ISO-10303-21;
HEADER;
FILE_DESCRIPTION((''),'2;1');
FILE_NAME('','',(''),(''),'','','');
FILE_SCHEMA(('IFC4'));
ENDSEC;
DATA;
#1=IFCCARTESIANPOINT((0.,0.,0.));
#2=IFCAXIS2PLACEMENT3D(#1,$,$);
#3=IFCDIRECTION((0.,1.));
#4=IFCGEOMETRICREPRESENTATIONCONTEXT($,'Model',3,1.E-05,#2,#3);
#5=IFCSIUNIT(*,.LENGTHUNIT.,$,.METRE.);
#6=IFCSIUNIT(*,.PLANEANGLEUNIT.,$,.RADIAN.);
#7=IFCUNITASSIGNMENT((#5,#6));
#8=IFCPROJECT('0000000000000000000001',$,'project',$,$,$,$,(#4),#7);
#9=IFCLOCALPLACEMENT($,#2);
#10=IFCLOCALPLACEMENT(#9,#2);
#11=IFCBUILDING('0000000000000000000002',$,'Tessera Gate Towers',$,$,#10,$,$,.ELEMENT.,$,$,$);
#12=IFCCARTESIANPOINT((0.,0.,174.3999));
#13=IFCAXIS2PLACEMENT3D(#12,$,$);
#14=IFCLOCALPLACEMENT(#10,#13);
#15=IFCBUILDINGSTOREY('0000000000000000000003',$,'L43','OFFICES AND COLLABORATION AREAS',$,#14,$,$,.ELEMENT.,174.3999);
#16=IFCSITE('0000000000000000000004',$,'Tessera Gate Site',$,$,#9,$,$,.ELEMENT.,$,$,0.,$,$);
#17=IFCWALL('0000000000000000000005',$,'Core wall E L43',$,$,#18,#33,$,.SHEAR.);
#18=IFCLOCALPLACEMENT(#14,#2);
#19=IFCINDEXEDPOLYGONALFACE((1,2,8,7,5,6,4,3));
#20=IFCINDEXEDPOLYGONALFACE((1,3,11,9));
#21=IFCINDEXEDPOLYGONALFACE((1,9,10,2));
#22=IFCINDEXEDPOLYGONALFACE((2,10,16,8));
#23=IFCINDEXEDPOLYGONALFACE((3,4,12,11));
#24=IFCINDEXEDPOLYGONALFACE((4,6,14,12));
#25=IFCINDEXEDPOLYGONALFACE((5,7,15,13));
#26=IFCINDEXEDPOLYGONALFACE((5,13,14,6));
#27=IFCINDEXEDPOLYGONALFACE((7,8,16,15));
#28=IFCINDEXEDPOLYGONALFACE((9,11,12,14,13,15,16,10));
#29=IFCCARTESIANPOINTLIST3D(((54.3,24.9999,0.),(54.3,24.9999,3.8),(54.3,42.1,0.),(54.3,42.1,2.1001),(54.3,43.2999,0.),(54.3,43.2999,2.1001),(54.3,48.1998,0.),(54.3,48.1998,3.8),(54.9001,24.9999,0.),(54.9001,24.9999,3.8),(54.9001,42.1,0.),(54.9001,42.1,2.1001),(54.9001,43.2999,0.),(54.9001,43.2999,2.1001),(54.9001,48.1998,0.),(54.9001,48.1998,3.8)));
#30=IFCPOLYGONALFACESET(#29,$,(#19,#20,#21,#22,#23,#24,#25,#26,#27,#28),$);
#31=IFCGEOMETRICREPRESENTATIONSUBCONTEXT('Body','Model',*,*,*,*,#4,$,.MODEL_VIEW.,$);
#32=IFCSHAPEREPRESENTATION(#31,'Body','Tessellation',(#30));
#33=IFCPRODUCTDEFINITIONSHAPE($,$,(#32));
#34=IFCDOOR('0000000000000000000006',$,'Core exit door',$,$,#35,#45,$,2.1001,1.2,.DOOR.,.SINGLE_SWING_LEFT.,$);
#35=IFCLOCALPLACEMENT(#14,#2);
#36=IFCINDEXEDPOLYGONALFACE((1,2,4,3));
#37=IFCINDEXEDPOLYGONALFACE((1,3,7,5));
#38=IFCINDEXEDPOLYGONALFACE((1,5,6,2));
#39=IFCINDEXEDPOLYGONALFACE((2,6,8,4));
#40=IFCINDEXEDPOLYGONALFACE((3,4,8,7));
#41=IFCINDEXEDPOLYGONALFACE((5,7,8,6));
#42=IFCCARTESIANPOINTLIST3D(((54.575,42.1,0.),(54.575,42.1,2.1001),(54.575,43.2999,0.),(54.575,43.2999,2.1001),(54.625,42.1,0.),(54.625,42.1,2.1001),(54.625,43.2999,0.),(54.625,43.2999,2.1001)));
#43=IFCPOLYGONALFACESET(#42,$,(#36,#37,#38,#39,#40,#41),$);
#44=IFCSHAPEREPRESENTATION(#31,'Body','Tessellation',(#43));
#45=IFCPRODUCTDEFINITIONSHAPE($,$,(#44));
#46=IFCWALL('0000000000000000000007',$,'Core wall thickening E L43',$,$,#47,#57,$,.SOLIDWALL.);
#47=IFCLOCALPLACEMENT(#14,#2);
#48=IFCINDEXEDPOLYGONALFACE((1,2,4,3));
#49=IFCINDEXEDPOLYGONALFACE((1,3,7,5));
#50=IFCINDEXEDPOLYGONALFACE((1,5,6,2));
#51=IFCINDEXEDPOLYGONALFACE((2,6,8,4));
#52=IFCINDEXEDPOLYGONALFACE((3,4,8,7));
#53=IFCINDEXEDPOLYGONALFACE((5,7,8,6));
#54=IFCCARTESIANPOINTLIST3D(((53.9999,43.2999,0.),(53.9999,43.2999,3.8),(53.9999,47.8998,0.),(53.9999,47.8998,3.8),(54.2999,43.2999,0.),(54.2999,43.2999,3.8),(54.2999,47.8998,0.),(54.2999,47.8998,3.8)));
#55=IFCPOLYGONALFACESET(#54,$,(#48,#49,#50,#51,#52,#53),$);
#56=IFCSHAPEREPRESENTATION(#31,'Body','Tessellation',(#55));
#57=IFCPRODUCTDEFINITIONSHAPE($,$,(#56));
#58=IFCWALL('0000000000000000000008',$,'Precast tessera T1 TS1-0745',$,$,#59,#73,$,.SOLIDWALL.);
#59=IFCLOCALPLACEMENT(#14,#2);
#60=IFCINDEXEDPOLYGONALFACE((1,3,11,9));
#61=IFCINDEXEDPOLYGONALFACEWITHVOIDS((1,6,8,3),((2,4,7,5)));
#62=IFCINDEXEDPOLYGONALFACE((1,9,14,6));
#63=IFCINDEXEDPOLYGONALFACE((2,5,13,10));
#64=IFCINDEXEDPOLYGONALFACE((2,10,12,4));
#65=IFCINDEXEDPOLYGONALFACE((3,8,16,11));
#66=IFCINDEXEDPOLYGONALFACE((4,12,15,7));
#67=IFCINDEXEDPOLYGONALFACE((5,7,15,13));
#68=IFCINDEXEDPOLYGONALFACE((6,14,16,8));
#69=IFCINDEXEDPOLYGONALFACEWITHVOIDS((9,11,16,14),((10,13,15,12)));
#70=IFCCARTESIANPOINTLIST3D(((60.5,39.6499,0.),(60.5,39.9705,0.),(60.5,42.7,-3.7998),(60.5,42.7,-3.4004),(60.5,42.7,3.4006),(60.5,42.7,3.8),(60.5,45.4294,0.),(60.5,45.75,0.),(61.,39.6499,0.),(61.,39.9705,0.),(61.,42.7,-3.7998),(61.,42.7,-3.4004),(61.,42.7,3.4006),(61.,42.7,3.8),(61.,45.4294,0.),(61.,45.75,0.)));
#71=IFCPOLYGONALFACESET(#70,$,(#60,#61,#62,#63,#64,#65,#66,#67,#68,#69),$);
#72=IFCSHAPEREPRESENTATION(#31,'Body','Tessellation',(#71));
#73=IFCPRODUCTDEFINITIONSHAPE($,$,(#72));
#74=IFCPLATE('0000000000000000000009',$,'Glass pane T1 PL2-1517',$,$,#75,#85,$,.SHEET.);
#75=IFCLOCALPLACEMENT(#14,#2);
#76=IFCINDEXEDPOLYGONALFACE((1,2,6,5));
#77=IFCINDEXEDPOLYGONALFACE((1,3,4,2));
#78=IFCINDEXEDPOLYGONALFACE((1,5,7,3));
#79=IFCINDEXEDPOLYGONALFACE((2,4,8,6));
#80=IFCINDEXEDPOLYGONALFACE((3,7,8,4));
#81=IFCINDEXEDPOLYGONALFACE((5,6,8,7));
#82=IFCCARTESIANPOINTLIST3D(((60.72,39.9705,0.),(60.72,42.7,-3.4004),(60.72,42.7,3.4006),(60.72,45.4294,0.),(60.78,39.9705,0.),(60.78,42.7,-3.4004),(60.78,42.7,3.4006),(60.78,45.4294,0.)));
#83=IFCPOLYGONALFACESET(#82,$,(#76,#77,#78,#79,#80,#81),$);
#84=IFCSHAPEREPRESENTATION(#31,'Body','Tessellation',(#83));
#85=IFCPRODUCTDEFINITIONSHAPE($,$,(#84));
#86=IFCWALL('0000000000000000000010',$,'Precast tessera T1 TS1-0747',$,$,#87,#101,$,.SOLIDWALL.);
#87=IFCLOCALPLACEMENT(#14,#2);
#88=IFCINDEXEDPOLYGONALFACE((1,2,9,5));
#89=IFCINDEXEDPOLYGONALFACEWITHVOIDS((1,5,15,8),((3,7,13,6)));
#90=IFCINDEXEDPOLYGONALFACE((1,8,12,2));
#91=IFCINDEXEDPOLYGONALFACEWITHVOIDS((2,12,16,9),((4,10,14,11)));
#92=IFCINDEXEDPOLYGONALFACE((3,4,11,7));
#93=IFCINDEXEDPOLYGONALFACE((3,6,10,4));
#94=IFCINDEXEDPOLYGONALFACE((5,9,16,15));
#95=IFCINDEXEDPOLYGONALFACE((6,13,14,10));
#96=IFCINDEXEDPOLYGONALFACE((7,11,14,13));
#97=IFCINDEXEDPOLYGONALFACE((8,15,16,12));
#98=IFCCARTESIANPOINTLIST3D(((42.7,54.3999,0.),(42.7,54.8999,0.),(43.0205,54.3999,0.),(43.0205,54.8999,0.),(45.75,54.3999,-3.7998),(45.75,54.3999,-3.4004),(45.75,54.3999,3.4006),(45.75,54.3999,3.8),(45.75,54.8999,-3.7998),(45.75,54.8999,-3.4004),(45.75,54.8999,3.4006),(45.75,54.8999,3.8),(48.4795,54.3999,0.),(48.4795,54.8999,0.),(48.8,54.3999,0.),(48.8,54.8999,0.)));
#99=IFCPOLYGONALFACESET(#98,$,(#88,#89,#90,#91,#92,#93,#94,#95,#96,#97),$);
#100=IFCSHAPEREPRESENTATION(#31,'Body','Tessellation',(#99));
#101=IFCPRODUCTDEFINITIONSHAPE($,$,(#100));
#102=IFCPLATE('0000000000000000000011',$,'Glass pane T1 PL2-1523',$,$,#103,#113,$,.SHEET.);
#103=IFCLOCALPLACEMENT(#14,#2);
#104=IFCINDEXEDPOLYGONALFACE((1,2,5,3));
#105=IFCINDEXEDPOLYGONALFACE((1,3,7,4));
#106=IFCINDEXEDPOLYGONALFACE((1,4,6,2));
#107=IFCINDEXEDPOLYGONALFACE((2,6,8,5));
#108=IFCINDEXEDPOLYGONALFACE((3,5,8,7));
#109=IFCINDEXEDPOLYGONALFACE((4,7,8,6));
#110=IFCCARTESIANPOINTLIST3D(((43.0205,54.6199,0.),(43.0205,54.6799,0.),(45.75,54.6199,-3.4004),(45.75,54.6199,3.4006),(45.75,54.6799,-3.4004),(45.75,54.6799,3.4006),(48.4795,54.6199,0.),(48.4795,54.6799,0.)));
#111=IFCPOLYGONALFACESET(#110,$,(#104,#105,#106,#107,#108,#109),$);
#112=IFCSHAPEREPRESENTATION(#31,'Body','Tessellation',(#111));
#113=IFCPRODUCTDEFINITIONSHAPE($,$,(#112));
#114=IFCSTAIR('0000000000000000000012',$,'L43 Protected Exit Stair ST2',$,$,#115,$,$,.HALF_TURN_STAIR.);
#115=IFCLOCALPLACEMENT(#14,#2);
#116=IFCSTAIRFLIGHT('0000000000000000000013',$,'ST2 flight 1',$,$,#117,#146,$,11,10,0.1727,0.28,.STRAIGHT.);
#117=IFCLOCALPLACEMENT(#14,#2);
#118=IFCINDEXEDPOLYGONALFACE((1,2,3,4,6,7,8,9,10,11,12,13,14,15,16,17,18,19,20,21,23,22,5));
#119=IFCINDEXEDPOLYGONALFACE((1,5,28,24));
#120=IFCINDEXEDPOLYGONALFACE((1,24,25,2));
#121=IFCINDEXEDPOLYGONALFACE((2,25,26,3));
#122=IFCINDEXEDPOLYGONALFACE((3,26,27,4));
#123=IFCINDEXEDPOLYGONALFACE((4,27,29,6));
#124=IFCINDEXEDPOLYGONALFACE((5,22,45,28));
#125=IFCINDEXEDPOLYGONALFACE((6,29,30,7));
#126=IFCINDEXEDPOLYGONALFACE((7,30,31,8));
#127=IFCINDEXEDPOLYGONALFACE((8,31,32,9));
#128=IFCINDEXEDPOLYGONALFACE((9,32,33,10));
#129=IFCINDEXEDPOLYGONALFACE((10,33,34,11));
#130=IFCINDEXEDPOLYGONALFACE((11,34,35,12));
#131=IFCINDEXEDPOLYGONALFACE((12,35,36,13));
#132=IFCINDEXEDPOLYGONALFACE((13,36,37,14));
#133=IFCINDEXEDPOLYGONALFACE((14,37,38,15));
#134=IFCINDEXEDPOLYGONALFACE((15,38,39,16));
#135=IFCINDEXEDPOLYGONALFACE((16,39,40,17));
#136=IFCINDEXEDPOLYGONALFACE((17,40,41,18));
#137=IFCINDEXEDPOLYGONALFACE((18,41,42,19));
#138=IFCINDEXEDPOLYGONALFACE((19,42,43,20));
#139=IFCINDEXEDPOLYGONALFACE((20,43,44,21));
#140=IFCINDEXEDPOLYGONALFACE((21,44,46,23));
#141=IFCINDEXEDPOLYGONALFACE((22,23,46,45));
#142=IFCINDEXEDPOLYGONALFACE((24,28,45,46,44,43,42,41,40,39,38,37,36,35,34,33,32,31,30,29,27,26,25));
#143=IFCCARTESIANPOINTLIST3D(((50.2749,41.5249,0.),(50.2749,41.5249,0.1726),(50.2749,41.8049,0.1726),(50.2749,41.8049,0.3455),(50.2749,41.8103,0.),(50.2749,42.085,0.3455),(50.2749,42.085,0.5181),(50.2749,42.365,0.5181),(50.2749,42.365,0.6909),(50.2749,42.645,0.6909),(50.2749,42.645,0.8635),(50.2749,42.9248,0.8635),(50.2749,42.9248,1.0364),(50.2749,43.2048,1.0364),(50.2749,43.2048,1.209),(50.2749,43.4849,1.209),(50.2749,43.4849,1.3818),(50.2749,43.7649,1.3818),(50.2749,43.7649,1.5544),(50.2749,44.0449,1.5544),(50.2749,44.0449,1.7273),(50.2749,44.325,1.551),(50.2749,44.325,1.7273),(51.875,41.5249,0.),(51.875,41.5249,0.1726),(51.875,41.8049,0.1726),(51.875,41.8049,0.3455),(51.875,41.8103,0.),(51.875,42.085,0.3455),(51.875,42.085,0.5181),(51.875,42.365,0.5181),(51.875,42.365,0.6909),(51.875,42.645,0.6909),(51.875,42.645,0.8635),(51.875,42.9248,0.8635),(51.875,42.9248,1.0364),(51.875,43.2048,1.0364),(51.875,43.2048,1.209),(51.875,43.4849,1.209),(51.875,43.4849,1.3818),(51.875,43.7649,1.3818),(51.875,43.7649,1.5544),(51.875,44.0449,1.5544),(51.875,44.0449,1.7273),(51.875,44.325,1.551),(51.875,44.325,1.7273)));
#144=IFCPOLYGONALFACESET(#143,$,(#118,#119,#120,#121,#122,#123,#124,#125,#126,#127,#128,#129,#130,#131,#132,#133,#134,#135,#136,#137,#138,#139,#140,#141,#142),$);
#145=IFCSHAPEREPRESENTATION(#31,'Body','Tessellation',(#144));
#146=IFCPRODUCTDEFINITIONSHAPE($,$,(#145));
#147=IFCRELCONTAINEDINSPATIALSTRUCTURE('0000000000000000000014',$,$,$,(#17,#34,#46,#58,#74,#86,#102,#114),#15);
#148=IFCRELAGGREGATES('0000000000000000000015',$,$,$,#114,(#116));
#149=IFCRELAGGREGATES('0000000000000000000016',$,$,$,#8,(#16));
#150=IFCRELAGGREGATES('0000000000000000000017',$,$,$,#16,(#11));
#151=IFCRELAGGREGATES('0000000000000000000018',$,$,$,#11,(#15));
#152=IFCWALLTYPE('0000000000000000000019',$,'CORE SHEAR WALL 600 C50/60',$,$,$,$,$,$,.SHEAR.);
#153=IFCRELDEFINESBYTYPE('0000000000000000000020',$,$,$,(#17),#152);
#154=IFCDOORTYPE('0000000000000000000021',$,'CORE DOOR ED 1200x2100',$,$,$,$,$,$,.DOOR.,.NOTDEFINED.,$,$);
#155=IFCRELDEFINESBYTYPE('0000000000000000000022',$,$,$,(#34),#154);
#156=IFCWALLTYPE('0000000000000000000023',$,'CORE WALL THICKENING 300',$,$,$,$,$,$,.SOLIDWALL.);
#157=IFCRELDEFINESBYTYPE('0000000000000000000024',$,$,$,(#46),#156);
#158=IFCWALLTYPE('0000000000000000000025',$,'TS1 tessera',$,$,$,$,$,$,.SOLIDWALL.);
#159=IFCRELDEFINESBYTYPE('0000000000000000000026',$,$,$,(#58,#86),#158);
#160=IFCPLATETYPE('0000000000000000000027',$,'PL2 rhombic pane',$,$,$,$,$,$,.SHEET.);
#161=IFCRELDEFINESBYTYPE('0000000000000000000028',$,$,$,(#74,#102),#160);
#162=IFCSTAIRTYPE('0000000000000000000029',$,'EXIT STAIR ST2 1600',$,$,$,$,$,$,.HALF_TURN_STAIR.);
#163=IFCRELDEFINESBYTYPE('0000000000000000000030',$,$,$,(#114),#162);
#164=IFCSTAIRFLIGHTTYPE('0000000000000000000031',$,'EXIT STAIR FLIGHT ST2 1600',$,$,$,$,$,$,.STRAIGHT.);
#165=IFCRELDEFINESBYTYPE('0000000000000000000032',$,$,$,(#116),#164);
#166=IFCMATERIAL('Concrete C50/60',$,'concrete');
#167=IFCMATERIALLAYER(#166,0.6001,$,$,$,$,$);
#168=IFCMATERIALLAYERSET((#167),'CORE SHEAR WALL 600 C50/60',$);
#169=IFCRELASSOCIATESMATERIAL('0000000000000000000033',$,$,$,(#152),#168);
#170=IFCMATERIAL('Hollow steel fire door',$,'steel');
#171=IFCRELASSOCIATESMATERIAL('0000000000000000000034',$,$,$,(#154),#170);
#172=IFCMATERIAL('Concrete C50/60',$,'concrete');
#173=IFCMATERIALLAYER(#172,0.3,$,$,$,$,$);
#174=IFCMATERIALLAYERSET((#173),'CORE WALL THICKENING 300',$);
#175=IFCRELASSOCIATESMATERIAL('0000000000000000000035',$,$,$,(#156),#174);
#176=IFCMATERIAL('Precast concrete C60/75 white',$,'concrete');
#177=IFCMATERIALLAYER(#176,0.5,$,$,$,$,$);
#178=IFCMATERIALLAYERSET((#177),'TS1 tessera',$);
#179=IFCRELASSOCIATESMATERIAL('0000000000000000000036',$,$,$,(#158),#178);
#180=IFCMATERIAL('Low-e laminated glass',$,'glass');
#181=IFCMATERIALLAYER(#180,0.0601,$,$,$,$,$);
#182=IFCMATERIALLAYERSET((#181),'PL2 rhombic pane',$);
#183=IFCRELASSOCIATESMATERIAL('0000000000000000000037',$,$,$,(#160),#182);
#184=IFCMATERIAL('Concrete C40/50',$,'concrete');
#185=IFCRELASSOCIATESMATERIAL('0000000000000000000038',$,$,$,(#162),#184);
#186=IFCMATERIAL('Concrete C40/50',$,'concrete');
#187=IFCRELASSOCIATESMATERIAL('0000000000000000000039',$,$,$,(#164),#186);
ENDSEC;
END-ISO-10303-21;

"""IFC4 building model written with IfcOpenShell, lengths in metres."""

from ifc_helpers import new_model, si_unit, direction, frame, frame_2d, origin, place, context, subcontext, project, spatial, polyline, rectangle, outline, extrude, source, transform, mapped, material, layer, layer_set, type_object, element, fill, aggregate, save


model = new_model("IFC4")

# Units and contexts
model_context = context("Model", 3, precision=1e-05, world=origin(), true_north=direction((0.0, 1.0)))
body_context = subcontext(model_context, "Body", "Model", "MODEL_VIEW")
ifc_project = project(units=[si_unit("LENGTHUNIT", "METRE"), si_unit("PLANEANGLEUNIT", "RADIAN")], contexts=[model_context])

# Site, building, storey
site_placement = place(None, origin())
site = spatial("IfcSite", under=ifc_project, at=site_placement, Name="Tessera Gate Site", CompositionType="ELEMENT", RefElevation=0.0)
building_placement = place(site_placement, origin())
building = spatial("IfcBuilding", under=site, at=building_placement, Name="Tessera Gate Towers", CompositionType="ELEMENT")
storey_placement = place(building_placement, frame((0.0, 0.0, 174.3999)))
storey = spatial("IfcBuildingStorey", under=building, at=storey_placement, Name="L43", Description="OFFICES AND COLLABORATION AREAS", CompositionType="ELEMENT", Elevation=174.3999)

# Wall, opening, door
shared_shape_1 = source(origin(), body_context, "Body", "SweptSolid", [
    extrude(rectangle(XDim=1.2, YDim=2.1001, at=frame_2d((0.6001, 1.05))), frame((0.0, 0.0249, 0.0), z_axis=(0.0, -1.0, 0.0), x_axis=(1.0, 0.0, 0.0)), (0.0, 0.0, 1.0), 0.05),
])
ifc_material_1 = material(Name="Concrete C50/60", Category="concrete")
ifc_layer_1 = layer(ifc_material_1, 0.6001)
ifc_layer_set_1 = layer_set([ifc_layer_1], Name="CORE SHEAR WALL 600 C50/60")
wall_type_1 = type_object("IfcWallType", Name="CORE SHEAR WALL 600 C50/60", PredefinedType="SHEAR", material=ifc_layer_set_1)
wall_1_placement = place(storey_placement, frame((54.6001, 48.2, 0.0), z_axis=(0.0, 0.0, 1.0), x_axis=(0.0, -1.0, 0.0)))
wall_1 = element("IfcWall", 1, at=wall_1_placement, inside=storey, type_object=wall_type_1, Name="Core wall E L43", PredefinedType="SHEAR", context=body_context, shape_type="SweptSolid", body=[
    extrude(rectangle(XDim=23.2, YDim=0.6001, at=frame_2d((11.6001, 0.0))), origin(), (0.0, 0.0, 1.0), 3.8),
])
shared_shape_2 = source(origin(), body_context, "Body", "SweptSolid", [
    extrude(rectangle(XDim=1.2, YDim=2.1001, at=frame_2d((0.6001, 1.05))), frame((0.0, 0.3101, 0.0), z_axis=(0.0, -1.0, 0.0), x_axis=(1.0, 0.0, 0.0)), (0.0, 0.0, 1.0), 0.6201),
])
opening_1_placement = place(wall_1_placement, frame((4.8999, 0.0, 0.0)))
opening_1 = element("IfcOpeningElement", 2, at=opening_1_placement, cuts=wall_1, PredefinedType="OPENING", context=body_context, shape_type="MappedRepresentation", body=[
    mapped(shared_shape_2, transform((0.0, 0.0, 0.0), scale=1.0)),
])
ifc_material_2 = material(Name="Hollow steel fire door", Category="steel")
door_type_1 = type_object("IfcDoorType", Name="CORE DOOR ED 1200x2100", OperationType="NOTDEFINED", PredefinedType="DOOR", material=ifc_material_2)
door_1_placement = place(opening_1_placement, origin())
door_1 = element("IfcDoor", 3, at=door_1_placement, inside=storey, type_object=door_type_1, Name="Core exit door", OperationType="SINGLE_SWING_LEFT", OverallHeight=2.1001, OverallWidth=1.2, PredefinedType="DOOR", context=body_context, shape_type="MappedRepresentation", body=[
    mapped(shared_shape_1, transform((0.0, 0.0, 0.0), scale=1.0)),
])
fill(opening_1, door_1)

# Wall
ifc_material_3 = material(Name="Concrete C50/60", Category="concrete")
ifc_layer_2 = layer(ifc_material_3, 0.3)
ifc_layer_set_2 = layer_set([ifc_layer_2], Name="CORE WALL THICKENING 300")
wall_type_2 = type_object("IfcWallType", Name="CORE WALL THICKENING 300", PredefinedType="SOLIDWALL", material=ifc_layer_set_2)
wall_2_placement = place(storey_placement, frame((54.1499, 43.3, 0.0), z_axis=(0.0, 0.0, 1.0), x_axis=(0.0, 1.0, 0.0)))
element("IfcWall", 4, at=wall_2_placement, inside=storey, type_object=wall_type_2, Name="Core wall thickening E L43", PredefinedType="SOLIDWALL", context=body_context, shape_type="SweptSolid", body=[
    extrude(rectangle(XDim=4.5999, YDim=0.3, at=frame_2d((2.2998, 0.0))), origin(), (0.0, 0.0, 1.0), 3.8),
])

# Walls, openings, plates
ifc_material_4 = material(Name="Precast concrete C60/75 white", Category="concrete")
ifc_layer_3 = layer(ifc_material_4, 0.5)
ifc_layer_set_3 = layer_set([ifc_layer_3], Name="TS1 tessera")
wall_type_3 = type_object("IfcWallType", Name="TS1 tessera", PredefinedType="SOLIDWALL", material=ifc_layer_set_3)
shared_shape_3 = source(origin(), body_context, "Body", "SweptSolid", [
    extrude(outline(polyline([(3.05, 0.0), (6.1001, 3.7998), (3.05, 7.5999), (0.0, 3.7998), (3.05, 0.0)])), frame((0.0, 0.25, 0.0), z_axis=(0.0, -1.0, 0.0), x_axis=(1.0, 0.0, 0.0)), (0.0, 0.0, 1.0), 0.5),
])
wall_3_placement = place(storey_placement, frame((60.75, 39.6499, -3.7998), z_axis=(0.0, 0.0, 1.0), x_axis=(0.0, 1.0, 0.0)))
wall_3 = element("IfcWall", 5, at=wall_3_placement, inside=storey, type_object=wall_type_3, Name="Precast tessera T1 TS1-0745", PredefinedType="SOLIDWALL", context=body_context, shape_type="MappedRepresentation", body=[
    mapped(shared_shape_3, transform((0.0, 0.0, 0.0), scale=1.0)),
])
shared_shape_4 = source(origin(), body_context, "Body", "SweptSolid", [
    extrude(outline(polyline([(3.05, 0.3994), (5.7795, 3.7998), (3.05, 7.2004), (0.3206, 3.7998), (3.05, 0.3994)])), frame((0.0, 0.26, 0.0), z_axis=(0.0, -1.0, 0.0), x_axis=(1.0, 0.0, 0.0)), (0.0, 0.0, 1.0), 0.52),
])
opening_2_placement = place(wall_3_placement, origin())
opening_2 = element("IfcOpeningElement", 6, at=opening_2_placement, cuts=wall_3, PredefinedType="OPENING", context=body_context, shape_type="MappedRepresentation", body=[
    mapped(shared_shape_4, transform((0.0, 0.0, 0.0), scale=1.0)),
])
ifc_material_5 = material(Name="Low-e laminated glass", Category="glass")
ifc_layer_4 = layer(ifc_material_5, 0.0601)
ifc_layer_set_4 = layer_set([ifc_layer_4], Name="PL2 rhombic pane")
plate_type = type_object("IfcPlateType", Name="PL2 rhombic pane", PredefinedType="SHEET", material=ifc_layer_set_4)
shared_shape_5 = source(origin(), body_context, "Body", "SweptSolid", [
    extrude(outline(polyline([(3.05, 0.3994), (5.7795, 3.7998), (3.05, 7.2004), (0.3206, 3.7998), (3.05, 0.3994)])), frame((0.0, 0.03, 0.0), z_axis=(0.0, -1.0, 0.0), x_axis=(1.0, 0.0, 0.0)), (0.0, 0.0, 1.0), 0.0601),
])
plate_1_placement = place(opening_2_placement, origin())
plate_1 = element("IfcPlate", 7, at=plate_1_placement, inside=storey, type_object=plate_type, Name="Glass pane T1 PL2-1517", PredefinedType="SHEET", context=body_context, shape_type="MappedRepresentation", body=[
    mapped(shared_shape_5, transform((0.0, 0.0, 0.0), scale=1.0)),
])
fill(opening_2, plate_1)
wall_4_placement = place(storey_placement, frame((48.8, 54.6499, -3.7998), z_axis=(0.0, 0.0, 1.0), x_axis=(-1.0, 0.0, 0.0)))
wall_4 = element("IfcWall", 8, at=wall_4_placement, inside=storey, type_object=wall_type_3, Name="Precast tessera T1 TS1-0747", PredefinedType="SOLIDWALL", context=body_context, shape_type="MappedRepresentation", body=[
    mapped(shared_shape_3, transform((0.0, 0.0, 0.0), scale=1.0)),
])
opening_3_placement = place(wall_4_placement, origin())
opening_3 = element("IfcOpeningElement", 9, at=opening_3_placement, cuts=wall_4, PredefinedType="OPENING", context=body_context, shape_type="MappedRepresentation", body=[
    mapped(shared_shape_4, transform((0.0, 0.0, 0.0), scale=1.0)),
])
plate_2_placement = place(opening_3_placement, origin())
plate_2 = element("IfcPlate", 10, at=plate_2_placement, inside=storey, type_object=plate_type, Name="Glass pane T1 PL2-1523", PredefinedType="SHEET", context=body_context, shape_type="MappedRepresentation", body=[
    mapped(shared_shape_5, transform((0.0, 0.0, 0.0), scale=1.0)),
])
fill(opening_3, plate_2)

# Stair, stair flight
ifc_material_6 = material(Name="Concrete C40/50", Category="concrete")
stair_type = type_object("IfcStairType", Name="EXIT STAIR ST2 1600", PredefinedType="HALF_TURN_STAIR", material=ifc_material_6)
stair_placement = place(storey_placement, origin())
stair = element("IfcStair", 11, at=stair_placement, inside=storey, type_object=stair_type, Name="L43 Protected Exit Stair ST2", PredefinedType="HALF_TURN_STAIR")
ifc_material_7 = material(Name="Concrete C40/50", Category="concrete")
stair_flight_type = type_object("IfcStairFlightType", Name="EXIT STAIR FLIGHT ST2 1600", PredefinedType="STRAIGHT", material=ifc_material_7)
stair_flight_1_placement = place(storey_placement, frame((51.075, 41.5249, 0.0), z_axis=(0.0, 0.0, 1.0), x_axis=(0.0, 1.0, 0.0)))
stair_flight_1 = element("IfcStairFlight", 12, at=stair_flight_1_placement, type_object=stair_flight_type, Name="ST2 flight 1", NumberOfRisers=11, NumberOfTreads=10, PredefinedType="STRAIGHT", RiserHeight=0.1727, TreadLength=0.28, context=body_context, shape_type="SweptSolid", body=[
    extrude(outline(polyline([(0.0, 0.0), (0.0, 0.1726), (0.28, 0.1726), (0.28, 0.3455), (0.5601, 0.3455), (0.5601, 0.5181), (0.8401, 0.5181), (0.8401, 0.6909), (1.1201, 0.6909), (1.1201, 0.8635), (1.3999, 0.8635), (1.3999, 1.0364), (1.6799, 1.0364), (1.6799, 1.209), (1.96, 1.209), (1.96, 1.3818), (2.24, 1.3818), (2.24, 1.5544), (2.52, 1.5544), (2.52, 1.7273), (2.8, 1.7273), (2.8, 1.8999), (2.8, 1.551), (0.2854, 0.0), (0.0, 0.0)])), frame((0.0, 0.8, 0.0), z_axis=(0.0, -1.0, 0.0), x_axis=(1.0, 0.0, 0.0)), (0.0, 0.0, 1.0), 1.6001),
])
aggregate(stair, [stair_flight_1])

save(model, "model.ifc")
